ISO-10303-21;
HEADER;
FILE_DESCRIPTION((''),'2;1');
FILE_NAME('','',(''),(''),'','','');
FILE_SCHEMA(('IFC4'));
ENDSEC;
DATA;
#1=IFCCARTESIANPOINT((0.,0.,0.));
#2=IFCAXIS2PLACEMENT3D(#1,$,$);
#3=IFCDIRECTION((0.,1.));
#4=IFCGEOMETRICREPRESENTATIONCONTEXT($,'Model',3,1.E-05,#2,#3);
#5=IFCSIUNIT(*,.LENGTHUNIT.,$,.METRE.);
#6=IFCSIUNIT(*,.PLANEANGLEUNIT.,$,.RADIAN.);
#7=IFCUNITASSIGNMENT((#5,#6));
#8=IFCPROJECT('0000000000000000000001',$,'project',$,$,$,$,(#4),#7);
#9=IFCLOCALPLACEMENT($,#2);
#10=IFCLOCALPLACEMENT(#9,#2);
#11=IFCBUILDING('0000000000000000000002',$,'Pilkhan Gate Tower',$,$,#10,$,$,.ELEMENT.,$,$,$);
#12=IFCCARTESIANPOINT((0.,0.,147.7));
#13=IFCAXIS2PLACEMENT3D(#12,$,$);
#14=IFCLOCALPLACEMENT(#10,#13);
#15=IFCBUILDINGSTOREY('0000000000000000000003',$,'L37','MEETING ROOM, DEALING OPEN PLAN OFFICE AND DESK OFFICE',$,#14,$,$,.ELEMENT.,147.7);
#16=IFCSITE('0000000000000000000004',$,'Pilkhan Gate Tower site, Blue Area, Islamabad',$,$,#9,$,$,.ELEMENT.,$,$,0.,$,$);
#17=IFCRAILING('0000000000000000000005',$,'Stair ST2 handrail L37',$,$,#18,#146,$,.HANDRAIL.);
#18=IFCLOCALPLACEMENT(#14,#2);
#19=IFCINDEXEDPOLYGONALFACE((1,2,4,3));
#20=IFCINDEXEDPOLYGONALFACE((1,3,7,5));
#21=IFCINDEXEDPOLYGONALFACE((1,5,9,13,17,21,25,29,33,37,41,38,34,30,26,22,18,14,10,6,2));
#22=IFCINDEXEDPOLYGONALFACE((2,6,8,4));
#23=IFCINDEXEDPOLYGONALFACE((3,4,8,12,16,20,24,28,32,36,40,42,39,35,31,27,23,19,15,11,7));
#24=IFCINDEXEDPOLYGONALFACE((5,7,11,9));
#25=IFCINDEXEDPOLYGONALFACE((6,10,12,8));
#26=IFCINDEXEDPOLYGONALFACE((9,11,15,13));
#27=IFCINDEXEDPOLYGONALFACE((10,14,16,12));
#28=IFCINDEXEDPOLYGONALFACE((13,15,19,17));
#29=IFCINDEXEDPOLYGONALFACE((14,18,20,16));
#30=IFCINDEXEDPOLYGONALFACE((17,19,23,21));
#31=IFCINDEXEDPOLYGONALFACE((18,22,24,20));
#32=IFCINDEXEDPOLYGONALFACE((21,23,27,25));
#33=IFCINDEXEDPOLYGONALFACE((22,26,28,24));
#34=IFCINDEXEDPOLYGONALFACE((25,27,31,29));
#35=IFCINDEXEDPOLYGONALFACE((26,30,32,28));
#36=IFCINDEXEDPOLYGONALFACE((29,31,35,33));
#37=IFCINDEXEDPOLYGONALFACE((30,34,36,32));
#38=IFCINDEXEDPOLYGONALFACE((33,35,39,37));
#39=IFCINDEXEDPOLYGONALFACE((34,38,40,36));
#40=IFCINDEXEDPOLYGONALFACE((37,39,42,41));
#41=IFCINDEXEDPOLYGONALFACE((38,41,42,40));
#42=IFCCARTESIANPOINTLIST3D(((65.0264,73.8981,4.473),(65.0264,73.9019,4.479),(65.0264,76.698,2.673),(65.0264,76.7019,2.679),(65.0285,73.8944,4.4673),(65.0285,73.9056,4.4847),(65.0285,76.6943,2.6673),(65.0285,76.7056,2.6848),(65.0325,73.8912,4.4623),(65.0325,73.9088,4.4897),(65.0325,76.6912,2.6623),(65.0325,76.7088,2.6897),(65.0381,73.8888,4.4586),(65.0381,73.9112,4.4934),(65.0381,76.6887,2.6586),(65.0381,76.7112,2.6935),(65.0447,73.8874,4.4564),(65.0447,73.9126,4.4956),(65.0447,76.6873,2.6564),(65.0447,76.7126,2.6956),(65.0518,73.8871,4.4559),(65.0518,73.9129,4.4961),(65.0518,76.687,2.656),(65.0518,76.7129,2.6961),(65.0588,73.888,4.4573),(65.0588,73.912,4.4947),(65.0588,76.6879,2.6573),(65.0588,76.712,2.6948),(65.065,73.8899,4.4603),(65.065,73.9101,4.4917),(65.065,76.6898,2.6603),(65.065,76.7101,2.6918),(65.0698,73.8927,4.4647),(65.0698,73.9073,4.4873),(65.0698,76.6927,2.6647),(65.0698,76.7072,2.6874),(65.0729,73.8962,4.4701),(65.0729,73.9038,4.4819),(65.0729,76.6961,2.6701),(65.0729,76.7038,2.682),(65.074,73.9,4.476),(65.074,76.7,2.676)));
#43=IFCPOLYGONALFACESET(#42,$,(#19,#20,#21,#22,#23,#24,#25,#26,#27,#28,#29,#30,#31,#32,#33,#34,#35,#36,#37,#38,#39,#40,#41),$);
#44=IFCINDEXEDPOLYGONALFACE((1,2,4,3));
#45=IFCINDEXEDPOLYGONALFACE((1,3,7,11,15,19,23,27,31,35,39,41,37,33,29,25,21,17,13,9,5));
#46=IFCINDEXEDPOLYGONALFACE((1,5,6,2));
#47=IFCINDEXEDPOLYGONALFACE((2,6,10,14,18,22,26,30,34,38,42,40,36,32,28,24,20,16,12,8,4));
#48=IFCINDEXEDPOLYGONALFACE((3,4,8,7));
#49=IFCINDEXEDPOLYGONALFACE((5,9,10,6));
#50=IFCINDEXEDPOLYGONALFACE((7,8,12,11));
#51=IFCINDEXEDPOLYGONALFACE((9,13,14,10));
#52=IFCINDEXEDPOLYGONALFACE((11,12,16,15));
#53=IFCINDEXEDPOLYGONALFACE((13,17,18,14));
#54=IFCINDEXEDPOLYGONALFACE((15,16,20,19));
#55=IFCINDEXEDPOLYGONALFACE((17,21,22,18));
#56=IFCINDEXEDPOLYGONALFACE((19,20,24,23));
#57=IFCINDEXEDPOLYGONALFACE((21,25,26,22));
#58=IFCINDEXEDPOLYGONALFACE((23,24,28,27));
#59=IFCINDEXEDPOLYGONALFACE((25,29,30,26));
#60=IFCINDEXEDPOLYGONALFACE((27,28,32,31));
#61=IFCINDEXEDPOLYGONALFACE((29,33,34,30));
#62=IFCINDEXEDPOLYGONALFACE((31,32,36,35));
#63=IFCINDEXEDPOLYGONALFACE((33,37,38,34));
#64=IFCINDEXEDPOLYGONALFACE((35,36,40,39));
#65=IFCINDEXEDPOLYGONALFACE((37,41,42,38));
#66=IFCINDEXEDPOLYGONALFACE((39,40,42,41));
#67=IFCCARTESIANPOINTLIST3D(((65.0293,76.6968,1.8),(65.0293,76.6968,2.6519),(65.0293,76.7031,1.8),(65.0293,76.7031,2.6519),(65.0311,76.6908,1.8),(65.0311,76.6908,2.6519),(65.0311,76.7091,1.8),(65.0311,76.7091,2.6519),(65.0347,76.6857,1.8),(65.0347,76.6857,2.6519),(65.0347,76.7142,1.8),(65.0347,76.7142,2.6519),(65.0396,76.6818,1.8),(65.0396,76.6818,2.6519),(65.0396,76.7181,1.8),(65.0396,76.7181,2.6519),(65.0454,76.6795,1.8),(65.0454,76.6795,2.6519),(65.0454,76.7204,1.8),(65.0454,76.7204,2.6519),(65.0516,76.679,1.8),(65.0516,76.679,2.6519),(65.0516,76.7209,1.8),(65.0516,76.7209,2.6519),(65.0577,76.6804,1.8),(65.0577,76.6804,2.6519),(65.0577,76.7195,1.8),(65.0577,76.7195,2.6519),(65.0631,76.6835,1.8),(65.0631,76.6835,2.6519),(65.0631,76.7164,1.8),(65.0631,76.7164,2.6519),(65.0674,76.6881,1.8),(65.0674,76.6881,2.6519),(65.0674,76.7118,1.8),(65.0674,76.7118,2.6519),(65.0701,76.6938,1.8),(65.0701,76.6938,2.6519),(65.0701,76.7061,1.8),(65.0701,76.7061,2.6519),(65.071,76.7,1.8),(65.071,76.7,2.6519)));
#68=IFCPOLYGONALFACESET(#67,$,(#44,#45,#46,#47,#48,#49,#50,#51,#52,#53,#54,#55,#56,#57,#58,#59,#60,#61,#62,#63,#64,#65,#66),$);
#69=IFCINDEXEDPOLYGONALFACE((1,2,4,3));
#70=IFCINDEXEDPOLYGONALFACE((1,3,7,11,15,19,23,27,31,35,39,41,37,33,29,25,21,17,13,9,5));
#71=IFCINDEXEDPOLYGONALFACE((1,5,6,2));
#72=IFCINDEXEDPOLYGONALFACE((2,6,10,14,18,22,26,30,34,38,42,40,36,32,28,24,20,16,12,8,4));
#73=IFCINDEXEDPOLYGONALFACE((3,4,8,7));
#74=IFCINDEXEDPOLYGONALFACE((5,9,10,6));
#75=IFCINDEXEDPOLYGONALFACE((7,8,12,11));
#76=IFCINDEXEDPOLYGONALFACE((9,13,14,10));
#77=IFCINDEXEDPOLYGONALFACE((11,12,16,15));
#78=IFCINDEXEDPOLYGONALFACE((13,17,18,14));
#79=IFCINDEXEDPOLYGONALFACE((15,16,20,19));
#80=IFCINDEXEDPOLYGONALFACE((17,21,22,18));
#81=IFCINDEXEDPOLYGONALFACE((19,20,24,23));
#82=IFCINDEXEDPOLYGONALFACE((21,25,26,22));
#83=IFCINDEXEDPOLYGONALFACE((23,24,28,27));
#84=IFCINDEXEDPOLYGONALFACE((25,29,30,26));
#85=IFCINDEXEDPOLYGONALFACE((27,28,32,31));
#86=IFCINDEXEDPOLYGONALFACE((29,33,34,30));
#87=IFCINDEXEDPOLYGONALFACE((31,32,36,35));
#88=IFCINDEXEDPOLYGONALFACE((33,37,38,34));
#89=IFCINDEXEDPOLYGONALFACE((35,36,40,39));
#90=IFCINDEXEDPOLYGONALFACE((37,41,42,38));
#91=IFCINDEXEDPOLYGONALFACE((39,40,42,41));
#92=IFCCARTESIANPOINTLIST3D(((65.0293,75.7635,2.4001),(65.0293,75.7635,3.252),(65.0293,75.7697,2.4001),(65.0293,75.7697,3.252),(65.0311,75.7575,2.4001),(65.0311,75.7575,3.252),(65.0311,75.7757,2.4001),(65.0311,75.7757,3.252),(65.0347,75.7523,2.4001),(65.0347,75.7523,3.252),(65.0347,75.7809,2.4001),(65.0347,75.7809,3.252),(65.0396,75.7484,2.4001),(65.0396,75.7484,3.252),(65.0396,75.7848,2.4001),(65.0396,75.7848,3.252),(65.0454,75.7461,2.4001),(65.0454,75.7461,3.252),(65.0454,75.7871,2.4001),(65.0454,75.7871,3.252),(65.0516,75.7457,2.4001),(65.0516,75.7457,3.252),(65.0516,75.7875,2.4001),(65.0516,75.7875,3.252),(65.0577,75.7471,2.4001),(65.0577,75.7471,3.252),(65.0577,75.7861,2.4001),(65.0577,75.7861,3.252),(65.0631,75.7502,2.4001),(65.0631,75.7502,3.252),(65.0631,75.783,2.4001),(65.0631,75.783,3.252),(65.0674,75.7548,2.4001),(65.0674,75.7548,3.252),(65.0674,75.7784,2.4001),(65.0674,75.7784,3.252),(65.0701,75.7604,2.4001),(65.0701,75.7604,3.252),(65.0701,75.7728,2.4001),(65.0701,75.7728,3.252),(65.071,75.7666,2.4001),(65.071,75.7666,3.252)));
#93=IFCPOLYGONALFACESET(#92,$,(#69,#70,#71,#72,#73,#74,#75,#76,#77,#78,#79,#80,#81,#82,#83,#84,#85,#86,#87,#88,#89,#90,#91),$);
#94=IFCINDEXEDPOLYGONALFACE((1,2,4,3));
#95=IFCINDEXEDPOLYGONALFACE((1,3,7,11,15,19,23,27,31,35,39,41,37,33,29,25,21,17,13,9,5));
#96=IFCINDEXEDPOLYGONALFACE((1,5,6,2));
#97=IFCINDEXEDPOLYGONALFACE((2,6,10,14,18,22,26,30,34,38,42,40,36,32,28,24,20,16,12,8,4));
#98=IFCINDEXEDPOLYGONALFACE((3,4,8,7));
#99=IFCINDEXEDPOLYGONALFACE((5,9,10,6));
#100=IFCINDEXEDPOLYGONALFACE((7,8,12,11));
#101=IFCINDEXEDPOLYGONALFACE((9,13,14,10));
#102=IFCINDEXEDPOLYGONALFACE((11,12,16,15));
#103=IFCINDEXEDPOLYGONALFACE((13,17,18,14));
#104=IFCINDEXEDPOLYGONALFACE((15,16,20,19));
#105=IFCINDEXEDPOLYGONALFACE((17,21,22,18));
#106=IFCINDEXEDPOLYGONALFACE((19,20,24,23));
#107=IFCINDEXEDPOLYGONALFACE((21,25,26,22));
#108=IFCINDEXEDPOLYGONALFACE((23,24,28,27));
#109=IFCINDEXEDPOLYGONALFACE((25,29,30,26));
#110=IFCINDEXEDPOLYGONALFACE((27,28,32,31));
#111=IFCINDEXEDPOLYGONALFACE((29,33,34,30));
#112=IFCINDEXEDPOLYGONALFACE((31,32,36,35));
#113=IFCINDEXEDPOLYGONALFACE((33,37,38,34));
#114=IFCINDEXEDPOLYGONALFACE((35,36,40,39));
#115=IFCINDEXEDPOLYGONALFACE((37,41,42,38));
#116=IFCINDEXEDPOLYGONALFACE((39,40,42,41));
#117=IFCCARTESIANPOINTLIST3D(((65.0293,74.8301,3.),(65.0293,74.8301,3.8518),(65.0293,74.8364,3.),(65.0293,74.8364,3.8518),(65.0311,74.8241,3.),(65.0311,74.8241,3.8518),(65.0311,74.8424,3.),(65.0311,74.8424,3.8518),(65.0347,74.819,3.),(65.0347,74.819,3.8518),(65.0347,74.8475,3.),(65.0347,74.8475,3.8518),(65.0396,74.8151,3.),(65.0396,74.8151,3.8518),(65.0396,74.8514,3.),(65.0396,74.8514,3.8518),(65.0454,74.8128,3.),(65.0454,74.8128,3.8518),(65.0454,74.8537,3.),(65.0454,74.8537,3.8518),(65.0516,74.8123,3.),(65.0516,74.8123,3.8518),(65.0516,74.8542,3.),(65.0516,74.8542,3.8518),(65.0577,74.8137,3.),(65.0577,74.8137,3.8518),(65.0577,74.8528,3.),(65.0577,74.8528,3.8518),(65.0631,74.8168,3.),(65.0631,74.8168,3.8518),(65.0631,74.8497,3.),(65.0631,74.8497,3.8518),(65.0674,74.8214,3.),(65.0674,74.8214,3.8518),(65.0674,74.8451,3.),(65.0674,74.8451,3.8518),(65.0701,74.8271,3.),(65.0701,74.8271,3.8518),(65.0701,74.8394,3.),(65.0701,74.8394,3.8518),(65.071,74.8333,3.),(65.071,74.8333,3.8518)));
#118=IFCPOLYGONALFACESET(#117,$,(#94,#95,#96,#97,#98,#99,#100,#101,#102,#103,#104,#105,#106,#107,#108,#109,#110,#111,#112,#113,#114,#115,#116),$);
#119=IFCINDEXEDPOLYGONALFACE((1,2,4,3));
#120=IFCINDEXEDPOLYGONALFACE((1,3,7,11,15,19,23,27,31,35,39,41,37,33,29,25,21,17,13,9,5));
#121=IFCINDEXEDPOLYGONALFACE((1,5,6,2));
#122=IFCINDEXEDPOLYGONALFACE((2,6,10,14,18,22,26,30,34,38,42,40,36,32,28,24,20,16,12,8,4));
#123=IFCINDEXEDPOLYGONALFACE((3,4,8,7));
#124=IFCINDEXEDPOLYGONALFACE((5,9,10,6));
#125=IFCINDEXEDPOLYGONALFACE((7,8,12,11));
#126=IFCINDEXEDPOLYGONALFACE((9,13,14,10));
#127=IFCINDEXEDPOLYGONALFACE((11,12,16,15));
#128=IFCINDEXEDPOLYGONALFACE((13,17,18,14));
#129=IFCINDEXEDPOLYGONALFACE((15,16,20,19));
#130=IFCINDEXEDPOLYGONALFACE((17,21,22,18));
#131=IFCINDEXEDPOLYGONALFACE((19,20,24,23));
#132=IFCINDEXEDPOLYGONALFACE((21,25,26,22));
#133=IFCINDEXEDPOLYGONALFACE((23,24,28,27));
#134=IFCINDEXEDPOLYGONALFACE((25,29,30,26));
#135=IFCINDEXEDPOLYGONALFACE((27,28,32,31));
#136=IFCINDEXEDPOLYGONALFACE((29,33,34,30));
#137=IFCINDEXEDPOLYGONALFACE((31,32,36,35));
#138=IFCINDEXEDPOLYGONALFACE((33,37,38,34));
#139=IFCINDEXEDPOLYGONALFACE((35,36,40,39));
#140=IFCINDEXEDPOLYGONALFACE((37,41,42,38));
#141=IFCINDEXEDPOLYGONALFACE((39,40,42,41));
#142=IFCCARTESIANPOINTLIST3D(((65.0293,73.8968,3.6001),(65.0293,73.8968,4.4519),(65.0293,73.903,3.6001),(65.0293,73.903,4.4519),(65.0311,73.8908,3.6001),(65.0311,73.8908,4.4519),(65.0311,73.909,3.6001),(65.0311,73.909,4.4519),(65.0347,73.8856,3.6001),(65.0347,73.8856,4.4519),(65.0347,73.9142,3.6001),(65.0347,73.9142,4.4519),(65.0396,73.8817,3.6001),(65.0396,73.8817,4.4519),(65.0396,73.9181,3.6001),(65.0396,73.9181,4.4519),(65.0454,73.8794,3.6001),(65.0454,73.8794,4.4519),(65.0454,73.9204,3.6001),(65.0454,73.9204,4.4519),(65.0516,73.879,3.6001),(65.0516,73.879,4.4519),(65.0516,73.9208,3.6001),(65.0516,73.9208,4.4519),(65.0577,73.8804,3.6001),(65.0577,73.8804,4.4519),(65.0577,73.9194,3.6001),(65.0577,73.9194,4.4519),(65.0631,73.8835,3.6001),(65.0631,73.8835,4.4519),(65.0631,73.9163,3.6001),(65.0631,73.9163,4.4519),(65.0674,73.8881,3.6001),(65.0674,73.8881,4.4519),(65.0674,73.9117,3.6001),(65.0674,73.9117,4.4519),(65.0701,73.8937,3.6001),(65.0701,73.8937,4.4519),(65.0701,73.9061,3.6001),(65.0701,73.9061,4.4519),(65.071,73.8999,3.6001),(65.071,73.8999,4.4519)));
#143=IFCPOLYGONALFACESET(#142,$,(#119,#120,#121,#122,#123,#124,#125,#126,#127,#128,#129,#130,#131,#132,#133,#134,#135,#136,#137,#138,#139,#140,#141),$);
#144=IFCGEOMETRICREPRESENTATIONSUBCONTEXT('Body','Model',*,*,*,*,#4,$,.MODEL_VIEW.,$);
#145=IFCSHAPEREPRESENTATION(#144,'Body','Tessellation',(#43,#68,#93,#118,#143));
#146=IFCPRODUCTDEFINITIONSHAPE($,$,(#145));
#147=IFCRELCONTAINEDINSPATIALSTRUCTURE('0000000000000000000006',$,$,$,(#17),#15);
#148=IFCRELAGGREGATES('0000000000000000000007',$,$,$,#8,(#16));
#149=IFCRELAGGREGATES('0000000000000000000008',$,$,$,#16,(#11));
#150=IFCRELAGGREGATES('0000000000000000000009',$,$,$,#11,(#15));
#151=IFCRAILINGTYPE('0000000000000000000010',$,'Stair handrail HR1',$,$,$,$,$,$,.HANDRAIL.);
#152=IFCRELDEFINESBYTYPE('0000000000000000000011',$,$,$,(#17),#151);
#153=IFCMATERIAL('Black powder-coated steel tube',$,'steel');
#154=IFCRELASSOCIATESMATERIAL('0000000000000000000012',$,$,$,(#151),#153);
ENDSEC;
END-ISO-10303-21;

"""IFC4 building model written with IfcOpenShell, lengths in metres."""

from ifc_helpers import new_model, si_unit, direction, frame, origin, origin_2d, place, context, subcontext, project, spatial, circle, extrude, material, type_object, element, save


model = new_model("IFC4")

# Units and contexts
model_context = context("Model", 3, precision=1e-05, world=origin(), true_north=direction((0.0, 1.0)))
body_context = subcontext(model_context, "Body", "Model", "MODEL_VIEW")
ifc_project = project(units=[si_unit("LENGTHUNIT", "METRE"), si_unit("PLANEANGLEUNIT", "RADIAN")], contexts=[model_context])

# Site, building, storey
site_placement = place(None, origin())
site = spatial("IfcSite", under=ifc_project, at=site_placement, Name="Pilkhan Gate Tower site, Blue Area, Islamabad", CompositionType="ELEMENT", RefElevation=0.0)
building_placement = place(site_placement, origin())
building = spatial("IfcBuilding", under=site, at=building_placement, Name="Pilkhan Gate Tower", CompositionType="ELEMENT")
storey_placement = place(building_placement, frame((0.0, 0.0, 147.7)))
storey = spatial("IfcBuildingStorey", under=building, at=storey_placement, Name="L37", Description="MEETING ROOM, DEALING OPEN PLAN OFFICE AND DESK OFFICE", CompositionType="ELEMENT", Elevation=147.7)

# Railing
ifc_material_1 = material(Name="Black powder-coated steel tube", Category="steel")
railing_type_1 = type_object("IfcRailingType", Name="Stair handrail HR1", PredefinedType="HANDRAIL", material=ifc_material_1)
railing_1_placement = place(storey_placement, frame((65.05, 76.7, 1.8)))
element("IfcRailing", 1, at=railing_1_placement, inside=storey, type_object=railing_type_1, Name="Stair ST2 handrail L37", PredefinedType="HANDRAIL", context=body_context, shape_type="SweptSolid", body=[
    extrude(circle(Radius=0.0239, at=origin_2d()), frame((0.0, 0.0, 0.876), z_axis=(0.0, -0.841176, 0.540761), x_axis=(1.0, 0.0, 0.0)), (0.0, 0.0, 1.0), 3.3286),
    extrude(circle(Radius=0.021, at=origin_2d()), origin(), (0.0, 0.0, 1.0), 0.8518),
    extrude(circle(Radius=0.021, at=origin_2d()), frame((0.0, -0.9333, 0.6001)), (0.0, 0.0, 1.0), 0.8518),
    extrude(circle(Radius=0.021, at=origin_2d()), frame((0.0, -1.8667, 1.2)), (0.0, 0.0, 1.0), 0.8518),
    extrude(circle(Radius=0.021, at=origin_2d()), frame((0.0, -2.8, 1.8)), (0.0, 0.0, 1.0), 0.8518),
])

save(model, "model.ifc")
